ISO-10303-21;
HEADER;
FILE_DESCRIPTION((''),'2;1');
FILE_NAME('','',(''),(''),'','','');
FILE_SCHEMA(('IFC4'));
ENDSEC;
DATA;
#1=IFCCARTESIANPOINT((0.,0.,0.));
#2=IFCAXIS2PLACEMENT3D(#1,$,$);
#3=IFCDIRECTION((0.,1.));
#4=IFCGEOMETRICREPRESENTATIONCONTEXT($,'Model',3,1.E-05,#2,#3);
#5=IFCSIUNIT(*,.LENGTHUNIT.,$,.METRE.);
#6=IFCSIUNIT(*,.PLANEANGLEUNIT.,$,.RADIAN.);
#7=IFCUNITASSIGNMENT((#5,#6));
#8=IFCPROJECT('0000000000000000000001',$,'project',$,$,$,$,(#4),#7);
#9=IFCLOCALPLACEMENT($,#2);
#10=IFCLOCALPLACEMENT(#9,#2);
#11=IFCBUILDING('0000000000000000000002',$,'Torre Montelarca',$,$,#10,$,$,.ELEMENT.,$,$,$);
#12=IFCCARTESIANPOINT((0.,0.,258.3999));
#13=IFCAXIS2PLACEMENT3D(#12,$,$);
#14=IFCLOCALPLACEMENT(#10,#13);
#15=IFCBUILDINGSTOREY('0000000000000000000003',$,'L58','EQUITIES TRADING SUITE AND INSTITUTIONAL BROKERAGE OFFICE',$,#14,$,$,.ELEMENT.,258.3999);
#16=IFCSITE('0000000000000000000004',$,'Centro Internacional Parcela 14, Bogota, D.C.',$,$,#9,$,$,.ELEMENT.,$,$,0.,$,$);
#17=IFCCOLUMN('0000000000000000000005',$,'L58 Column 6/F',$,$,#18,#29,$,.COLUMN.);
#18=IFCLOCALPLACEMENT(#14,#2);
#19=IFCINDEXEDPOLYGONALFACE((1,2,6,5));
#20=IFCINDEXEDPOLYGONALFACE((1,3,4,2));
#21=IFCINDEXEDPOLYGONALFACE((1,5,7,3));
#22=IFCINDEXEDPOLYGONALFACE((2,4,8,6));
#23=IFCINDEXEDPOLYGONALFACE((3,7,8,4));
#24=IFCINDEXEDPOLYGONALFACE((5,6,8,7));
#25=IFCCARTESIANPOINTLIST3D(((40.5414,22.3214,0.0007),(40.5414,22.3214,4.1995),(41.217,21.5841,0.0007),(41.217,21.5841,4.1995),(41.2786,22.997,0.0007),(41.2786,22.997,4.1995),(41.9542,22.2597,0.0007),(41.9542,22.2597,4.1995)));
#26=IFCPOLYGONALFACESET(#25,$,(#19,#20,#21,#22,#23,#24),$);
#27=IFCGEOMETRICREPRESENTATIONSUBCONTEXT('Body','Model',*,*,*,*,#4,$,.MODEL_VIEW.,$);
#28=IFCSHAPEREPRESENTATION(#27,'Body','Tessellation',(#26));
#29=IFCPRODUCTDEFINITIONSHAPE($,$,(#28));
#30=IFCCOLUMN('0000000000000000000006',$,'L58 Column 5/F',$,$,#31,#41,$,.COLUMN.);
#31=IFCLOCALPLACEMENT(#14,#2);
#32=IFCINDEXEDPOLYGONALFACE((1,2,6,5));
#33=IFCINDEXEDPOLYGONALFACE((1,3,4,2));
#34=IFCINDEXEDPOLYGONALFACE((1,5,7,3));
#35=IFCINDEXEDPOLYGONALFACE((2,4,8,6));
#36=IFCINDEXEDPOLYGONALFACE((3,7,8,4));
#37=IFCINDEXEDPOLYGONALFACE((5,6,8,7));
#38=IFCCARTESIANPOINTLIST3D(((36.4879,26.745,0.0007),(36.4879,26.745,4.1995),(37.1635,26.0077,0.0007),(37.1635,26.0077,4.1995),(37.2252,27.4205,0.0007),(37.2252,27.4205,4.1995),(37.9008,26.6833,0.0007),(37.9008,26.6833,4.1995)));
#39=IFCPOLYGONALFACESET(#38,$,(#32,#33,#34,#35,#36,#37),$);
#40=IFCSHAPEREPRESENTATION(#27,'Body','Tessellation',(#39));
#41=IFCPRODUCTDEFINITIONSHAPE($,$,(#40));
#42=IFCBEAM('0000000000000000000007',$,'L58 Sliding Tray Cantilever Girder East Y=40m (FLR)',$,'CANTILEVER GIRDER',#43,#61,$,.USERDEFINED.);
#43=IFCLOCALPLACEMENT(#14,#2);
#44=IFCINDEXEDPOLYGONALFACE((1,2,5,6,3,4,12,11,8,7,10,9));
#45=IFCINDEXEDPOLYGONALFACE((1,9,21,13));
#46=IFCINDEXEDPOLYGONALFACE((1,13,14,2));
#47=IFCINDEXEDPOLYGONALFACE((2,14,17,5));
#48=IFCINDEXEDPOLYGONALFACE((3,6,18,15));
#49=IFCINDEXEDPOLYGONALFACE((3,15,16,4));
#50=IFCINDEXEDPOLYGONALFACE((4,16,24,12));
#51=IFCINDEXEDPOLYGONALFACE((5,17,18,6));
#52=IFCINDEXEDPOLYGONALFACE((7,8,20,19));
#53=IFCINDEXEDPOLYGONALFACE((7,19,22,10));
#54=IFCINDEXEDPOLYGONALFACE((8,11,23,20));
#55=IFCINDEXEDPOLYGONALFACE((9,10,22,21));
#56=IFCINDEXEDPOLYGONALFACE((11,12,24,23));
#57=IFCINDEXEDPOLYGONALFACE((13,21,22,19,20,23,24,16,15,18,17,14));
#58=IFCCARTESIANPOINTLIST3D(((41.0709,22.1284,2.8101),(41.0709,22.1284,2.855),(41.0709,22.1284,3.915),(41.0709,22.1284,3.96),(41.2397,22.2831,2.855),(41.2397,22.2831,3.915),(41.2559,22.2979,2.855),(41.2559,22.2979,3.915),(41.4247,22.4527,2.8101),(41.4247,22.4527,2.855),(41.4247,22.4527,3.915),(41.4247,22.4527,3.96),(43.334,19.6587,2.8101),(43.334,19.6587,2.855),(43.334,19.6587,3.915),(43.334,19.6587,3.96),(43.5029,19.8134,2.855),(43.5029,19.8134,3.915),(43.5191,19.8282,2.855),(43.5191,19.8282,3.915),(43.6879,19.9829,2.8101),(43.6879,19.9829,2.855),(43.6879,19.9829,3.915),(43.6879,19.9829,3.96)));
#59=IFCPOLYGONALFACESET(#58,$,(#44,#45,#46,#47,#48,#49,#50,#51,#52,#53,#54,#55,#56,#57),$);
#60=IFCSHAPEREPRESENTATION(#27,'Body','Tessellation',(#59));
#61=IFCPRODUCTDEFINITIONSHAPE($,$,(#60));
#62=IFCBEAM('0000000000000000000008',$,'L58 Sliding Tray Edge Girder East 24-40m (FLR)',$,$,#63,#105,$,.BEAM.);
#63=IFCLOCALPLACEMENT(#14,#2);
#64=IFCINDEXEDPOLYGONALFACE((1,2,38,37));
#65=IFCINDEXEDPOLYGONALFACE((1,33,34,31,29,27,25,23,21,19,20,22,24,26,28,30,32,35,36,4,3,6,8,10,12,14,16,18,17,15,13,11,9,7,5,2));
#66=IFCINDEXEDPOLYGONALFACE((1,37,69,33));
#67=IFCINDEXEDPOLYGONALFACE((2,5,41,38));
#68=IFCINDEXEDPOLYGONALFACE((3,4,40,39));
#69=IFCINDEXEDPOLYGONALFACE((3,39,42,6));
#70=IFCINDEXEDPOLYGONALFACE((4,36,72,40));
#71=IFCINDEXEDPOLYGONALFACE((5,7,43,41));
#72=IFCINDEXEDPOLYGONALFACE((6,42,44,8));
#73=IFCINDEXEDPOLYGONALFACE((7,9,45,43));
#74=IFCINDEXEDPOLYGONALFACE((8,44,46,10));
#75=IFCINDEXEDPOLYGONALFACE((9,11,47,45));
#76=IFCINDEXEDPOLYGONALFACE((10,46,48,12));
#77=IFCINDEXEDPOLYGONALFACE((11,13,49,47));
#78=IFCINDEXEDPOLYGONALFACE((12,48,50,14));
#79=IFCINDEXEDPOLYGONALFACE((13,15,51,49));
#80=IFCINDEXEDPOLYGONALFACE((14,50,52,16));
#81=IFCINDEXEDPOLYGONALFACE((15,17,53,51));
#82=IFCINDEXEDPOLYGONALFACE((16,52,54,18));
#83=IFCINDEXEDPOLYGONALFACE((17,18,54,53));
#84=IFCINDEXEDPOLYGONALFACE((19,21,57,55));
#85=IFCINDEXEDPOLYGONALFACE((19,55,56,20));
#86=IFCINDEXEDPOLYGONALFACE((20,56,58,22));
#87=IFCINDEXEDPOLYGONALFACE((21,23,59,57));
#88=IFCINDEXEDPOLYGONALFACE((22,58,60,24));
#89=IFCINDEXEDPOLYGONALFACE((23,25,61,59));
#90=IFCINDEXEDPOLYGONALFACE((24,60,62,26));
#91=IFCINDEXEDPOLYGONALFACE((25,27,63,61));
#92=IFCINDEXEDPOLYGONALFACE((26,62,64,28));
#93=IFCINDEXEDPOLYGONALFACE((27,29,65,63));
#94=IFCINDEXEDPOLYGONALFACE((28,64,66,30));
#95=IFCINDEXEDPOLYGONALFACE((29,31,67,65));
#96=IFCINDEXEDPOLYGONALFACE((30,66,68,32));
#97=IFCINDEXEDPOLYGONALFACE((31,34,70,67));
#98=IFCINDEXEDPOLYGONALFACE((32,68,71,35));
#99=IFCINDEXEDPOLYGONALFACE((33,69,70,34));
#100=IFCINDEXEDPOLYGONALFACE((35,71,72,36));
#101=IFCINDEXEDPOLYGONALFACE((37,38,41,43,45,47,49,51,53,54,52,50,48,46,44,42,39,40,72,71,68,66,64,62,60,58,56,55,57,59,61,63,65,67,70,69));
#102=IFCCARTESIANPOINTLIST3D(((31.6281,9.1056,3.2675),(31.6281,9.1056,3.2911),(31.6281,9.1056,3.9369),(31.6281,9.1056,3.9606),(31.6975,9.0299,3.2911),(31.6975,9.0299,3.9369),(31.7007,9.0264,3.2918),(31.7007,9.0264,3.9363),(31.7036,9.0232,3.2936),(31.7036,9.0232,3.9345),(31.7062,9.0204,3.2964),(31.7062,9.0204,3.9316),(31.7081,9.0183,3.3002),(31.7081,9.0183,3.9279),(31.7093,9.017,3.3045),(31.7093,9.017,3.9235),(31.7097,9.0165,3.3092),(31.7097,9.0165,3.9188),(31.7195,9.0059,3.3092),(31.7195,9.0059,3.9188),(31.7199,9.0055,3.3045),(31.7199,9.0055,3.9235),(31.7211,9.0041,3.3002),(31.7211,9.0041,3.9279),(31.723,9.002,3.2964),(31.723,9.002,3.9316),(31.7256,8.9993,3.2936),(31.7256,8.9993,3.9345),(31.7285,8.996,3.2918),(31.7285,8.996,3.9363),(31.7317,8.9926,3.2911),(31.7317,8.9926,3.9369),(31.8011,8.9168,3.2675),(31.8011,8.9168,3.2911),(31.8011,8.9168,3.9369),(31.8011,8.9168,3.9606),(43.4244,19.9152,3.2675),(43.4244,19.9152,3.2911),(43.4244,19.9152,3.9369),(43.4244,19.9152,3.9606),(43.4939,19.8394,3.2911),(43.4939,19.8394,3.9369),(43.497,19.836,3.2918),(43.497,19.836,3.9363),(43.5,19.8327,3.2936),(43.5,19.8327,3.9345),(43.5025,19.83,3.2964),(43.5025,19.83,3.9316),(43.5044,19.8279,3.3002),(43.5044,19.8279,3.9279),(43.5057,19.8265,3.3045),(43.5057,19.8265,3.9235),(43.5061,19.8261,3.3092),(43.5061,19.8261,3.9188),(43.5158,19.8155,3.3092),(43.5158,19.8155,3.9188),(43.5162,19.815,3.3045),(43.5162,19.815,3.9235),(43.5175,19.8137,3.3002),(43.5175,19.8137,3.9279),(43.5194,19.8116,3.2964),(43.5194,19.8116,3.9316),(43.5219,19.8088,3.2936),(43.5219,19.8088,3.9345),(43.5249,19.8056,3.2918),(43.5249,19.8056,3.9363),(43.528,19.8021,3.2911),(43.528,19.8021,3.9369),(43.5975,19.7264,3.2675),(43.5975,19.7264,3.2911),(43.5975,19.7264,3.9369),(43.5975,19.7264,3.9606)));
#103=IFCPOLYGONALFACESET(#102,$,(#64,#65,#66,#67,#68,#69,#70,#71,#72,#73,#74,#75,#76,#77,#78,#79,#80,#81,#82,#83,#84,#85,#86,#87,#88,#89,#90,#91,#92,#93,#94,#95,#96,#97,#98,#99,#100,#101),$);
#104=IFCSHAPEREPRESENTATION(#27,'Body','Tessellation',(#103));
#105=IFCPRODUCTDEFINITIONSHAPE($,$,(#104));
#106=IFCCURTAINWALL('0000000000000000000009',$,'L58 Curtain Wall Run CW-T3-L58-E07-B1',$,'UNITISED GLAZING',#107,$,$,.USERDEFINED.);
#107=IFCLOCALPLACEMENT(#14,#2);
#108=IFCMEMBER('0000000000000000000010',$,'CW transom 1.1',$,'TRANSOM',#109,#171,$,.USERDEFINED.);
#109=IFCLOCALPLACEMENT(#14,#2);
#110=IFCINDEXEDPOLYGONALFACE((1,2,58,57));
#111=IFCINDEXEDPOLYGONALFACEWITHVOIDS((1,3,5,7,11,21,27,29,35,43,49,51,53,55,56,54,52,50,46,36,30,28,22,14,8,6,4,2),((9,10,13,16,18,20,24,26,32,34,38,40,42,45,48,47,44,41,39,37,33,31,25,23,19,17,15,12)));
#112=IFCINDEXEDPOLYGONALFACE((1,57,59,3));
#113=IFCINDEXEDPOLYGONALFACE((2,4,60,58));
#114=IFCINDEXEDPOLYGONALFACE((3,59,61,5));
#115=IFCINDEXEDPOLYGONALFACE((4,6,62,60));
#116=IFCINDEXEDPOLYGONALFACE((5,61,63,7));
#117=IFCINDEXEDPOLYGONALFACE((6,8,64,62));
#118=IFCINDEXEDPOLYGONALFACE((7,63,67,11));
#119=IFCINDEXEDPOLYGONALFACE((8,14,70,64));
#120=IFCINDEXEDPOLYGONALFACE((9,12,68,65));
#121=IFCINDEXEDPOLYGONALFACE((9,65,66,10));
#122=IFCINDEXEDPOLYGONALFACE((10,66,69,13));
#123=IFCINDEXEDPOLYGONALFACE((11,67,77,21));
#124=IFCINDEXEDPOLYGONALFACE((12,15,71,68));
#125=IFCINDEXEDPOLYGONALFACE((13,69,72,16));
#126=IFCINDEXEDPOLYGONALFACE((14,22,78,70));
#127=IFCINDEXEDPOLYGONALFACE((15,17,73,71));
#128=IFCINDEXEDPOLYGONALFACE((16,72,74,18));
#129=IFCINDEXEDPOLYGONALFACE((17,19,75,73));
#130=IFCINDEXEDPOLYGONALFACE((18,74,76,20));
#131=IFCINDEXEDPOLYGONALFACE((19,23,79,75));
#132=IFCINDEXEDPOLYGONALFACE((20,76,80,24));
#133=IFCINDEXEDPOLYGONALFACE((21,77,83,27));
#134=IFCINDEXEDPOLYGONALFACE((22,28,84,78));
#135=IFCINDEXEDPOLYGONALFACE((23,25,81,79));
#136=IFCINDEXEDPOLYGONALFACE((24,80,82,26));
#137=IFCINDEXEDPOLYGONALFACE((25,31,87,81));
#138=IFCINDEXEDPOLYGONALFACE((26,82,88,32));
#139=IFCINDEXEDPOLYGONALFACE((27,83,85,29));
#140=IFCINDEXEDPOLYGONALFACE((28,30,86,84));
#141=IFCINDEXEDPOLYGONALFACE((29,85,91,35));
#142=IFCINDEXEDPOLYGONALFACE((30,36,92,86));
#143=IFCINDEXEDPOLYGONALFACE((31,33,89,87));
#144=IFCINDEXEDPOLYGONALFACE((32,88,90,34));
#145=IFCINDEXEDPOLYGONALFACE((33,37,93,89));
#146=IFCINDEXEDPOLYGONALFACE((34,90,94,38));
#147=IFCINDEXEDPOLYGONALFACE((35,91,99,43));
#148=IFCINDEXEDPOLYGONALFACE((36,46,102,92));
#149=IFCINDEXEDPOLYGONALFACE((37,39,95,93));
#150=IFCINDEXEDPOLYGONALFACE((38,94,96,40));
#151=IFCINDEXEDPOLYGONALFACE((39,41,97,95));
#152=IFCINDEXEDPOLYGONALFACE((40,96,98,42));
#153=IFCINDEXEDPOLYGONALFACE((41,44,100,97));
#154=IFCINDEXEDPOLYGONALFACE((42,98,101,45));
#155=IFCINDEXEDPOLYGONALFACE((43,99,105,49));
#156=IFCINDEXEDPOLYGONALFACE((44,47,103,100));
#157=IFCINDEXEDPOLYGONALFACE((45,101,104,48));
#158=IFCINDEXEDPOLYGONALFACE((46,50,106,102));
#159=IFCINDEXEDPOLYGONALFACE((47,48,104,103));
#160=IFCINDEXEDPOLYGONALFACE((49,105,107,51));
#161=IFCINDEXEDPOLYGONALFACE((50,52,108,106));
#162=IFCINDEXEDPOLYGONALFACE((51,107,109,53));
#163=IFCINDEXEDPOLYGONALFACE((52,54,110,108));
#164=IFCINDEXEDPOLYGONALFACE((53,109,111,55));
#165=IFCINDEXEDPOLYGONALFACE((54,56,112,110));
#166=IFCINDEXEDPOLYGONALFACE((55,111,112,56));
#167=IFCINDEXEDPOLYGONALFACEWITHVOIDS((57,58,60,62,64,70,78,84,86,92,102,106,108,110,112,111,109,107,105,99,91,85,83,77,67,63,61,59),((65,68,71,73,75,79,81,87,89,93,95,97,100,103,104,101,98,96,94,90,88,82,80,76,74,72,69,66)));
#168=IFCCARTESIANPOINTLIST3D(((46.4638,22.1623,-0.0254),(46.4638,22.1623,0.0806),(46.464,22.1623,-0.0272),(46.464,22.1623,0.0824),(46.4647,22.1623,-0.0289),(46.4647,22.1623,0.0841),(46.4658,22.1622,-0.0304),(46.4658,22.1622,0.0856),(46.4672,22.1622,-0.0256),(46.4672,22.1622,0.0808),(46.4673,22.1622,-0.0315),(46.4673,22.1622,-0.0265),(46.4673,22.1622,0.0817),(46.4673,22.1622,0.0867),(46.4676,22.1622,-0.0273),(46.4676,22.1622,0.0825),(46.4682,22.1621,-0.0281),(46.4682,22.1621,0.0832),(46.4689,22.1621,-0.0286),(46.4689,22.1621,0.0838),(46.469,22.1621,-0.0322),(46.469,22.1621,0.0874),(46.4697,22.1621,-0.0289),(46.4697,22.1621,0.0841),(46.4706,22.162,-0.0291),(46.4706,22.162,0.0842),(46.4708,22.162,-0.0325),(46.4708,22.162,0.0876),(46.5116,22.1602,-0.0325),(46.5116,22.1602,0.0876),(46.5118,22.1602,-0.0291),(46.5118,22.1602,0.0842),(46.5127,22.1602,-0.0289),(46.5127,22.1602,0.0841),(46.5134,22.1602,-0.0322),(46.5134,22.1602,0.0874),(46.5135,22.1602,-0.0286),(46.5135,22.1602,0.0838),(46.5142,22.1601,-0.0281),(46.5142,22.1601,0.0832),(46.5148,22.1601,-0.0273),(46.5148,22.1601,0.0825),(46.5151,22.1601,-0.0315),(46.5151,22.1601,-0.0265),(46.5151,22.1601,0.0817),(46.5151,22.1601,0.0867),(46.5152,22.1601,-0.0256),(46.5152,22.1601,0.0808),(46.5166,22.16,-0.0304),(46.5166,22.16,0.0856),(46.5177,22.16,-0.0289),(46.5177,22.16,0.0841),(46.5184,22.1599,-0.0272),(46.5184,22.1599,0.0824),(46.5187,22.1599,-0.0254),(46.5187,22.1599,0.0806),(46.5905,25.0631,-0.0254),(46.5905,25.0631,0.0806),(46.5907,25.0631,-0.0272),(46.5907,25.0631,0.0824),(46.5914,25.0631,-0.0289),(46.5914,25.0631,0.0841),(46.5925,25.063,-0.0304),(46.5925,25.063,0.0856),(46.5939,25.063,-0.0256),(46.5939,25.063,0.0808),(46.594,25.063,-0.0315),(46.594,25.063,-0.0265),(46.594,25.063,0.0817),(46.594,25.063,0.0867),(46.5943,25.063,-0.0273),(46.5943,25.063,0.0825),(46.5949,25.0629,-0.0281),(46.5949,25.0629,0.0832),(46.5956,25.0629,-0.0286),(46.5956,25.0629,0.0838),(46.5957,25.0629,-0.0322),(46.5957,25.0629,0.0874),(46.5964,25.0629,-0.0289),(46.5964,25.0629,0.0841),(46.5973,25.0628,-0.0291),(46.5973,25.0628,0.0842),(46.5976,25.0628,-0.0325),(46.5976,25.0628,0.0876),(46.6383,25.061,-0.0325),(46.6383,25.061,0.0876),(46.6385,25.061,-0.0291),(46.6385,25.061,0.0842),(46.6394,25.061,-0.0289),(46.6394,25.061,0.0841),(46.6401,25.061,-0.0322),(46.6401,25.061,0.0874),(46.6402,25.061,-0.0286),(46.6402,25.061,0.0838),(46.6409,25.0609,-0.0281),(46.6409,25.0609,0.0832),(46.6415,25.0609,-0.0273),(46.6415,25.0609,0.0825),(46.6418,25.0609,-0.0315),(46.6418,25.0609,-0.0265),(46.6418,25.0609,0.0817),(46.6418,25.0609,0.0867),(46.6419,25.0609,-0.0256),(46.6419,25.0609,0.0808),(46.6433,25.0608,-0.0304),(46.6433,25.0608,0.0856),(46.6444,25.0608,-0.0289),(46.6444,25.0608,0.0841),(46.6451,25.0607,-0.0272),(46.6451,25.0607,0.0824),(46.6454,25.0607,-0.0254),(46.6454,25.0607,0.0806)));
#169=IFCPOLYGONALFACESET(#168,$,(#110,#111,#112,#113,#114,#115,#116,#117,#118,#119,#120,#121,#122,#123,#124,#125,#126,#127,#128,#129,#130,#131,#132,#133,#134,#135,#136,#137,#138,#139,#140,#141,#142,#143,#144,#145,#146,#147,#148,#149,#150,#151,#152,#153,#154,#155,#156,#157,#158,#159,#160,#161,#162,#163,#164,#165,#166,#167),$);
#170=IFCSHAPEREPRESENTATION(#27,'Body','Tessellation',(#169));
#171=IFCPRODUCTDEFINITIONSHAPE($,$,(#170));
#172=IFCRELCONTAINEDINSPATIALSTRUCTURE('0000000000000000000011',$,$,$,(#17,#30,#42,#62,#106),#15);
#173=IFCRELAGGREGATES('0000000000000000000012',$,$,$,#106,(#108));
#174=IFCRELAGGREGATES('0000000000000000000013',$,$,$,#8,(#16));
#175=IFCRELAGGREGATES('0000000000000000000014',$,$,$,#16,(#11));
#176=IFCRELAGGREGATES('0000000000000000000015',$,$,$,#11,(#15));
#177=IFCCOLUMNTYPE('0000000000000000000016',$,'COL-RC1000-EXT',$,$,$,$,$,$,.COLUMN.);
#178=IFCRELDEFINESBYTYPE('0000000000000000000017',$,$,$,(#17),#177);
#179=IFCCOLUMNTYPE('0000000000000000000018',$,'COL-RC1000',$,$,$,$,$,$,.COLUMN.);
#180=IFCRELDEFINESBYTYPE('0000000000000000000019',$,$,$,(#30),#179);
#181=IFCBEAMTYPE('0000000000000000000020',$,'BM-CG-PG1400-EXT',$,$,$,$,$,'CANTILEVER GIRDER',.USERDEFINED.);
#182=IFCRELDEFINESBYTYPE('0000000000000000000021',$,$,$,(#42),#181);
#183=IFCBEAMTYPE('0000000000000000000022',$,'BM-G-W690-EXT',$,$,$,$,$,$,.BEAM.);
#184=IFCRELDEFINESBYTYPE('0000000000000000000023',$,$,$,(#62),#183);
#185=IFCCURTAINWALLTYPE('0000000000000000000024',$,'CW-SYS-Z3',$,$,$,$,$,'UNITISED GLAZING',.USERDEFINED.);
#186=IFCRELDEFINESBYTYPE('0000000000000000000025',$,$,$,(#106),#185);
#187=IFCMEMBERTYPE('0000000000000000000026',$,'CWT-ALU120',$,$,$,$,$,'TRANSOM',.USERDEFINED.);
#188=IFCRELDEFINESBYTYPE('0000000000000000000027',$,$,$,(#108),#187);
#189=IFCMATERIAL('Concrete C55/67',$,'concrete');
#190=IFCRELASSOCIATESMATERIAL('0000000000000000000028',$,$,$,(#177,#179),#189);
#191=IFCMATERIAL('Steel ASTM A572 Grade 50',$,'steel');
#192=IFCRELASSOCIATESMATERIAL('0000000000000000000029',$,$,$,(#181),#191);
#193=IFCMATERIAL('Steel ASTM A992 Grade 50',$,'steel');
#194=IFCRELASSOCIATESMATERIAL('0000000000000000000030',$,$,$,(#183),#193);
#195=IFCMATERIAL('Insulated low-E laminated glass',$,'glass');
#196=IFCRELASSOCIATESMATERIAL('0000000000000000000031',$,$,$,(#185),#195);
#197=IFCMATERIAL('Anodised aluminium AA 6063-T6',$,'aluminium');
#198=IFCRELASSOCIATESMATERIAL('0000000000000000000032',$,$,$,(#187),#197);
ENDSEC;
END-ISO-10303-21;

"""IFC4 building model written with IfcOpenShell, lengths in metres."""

from ifc_helpers import new_model, si_unit, direction, frame, origin, origin_2d, place, context, subcontext, project, spatial, rectangle, hollow_rectangle, i_section, extrude, source, transform, mapped, material, material_profile, profile_set, type_object, element, aggregate, save


model = new_model("IFC4")

# Units and contexts
model_context = context("Model", 3, precision=1e-05, world=origin(), true_north=direction((0.0, 1.0)))
body_context = subcontext(model_context, "Body", "Model", "MODEL_VIEW")
ifc_project = project(units=[si_unit("LENGTHUNIT", "METRE"), si_unit("PLANEANGLEUNIT", "RADIAN")], contexts=[model_context])

# Site, building, storey
site_placement = place(None, origin())
site = spatial("IfcSite", under=ifc_project, at=site_placement, Name="Centro Internacional Parcela 14, Bogota, D.C.", CompositionType="ELEMENT", RefElevation=0.0)
building_placement = place(site_placement, origin())
building = spatial("IfcBuilding", under=site, at=building_placement, Name="Torre Montelarca", CompositionType="ELEMENT")
storey_placement = place(building_placement, frame((0.0, 0.0, 258.3999)))
storey = spatial("IfcBuildingStorey", under=building, at=storey_placement, Name="L58", Description="EQUITIES TRADING SUITE AND INSTITUTIONAL BROKERAGE OFFICE", CompositionType="ELEMENT", Elevation=258.3999)

# Columns
ifc_material_1 = material(Name="Concrete C55/67", Category="concrete")
ifc_material_profile_1 = material_profile(ifc_material_1, rectangle(XDim=1.0, YDim=1.0, at=origin_2d()), Name="RC1000X1000", Category="concrete")
ifc_profile_set_1 = profile_set([ifc_material_profile_1], Name="Concrete C55/67")
column_type_1 = type_object("IfcColumnType", Name="COL-RC1000-EXT", PredefinedType="COLUMN", material=ifc_profile_set_1)
shared_shape_1 = source(origin(), body_context, "Body", "SweptSolid", [
    extrude(rectangle(XDim=1.0, YDim=1.0, at=origin_2d()), origin(), (0.0, 0.0, 1.0), 4.1987),
])
column_1_placement = place(storey_placement, frame((41.2478, 22.2905, 0.0007), z_axis=(0.0, 0.0, 1.0), x_axis=(-0.67559, 0.737277, 0.0)))
element("IfcColumn", 1, at=column_1_placement, inside=storey, type_object=column_type_1, Name="L58 Column 6/F", PredefinedType="COLUMN", context=body_context, shape_type="MappedRepresentation", body=[
    mapped(shared_shape_1, transform((0.0, 0.0, 0.0), scale=1.0)),
])
ifc_material_profile_2 = material_profile(ifc_material_1, rectangle(XDim=1.0, YDim=1.0, at=origin_2d()), Name="RC1000X1000", Category="concrete")
ifc_profile_set_2 = profile_set([ifc_material_profile_2], Name="Concrete C55/67")
column_type_2 = type_object("IfcColumnType", Name="COL-RC1000", PredefinedType="COLUMN", material=ifc_profile_set_2)
shared_shape_2 = source(origin(), body_context, "Body", "SweptSolid", [
    extrude(rectangle(XDim=1.0, YDim=1.0, at=origin_2d()), origin(), (0.0, 0.0, 1.0), 4.1987),
])
column_2_placement = place(storey_placement, frame((37.1943, 26.7141, 0.0007), z_axis=(0.0, 0.0, 1.0), x_axis=(-0.67559, 0.737277, 0.0)))
element("IfcColumn", 2, at=column_2_placement, inside=storey, type_object=column_type_2, Name="L58 Column 5/F", PredefinedType="COLUMN", context=body_context, shape_type="MappedRepresentation", body=[
    mapped(shared_shape_2, transform((0.0, 0.0, 0.0), scale=1.0)),
])

# Beams
ifc_material_2 = material(Name="Steel ASTM A572 Grade 50", Category="steel")
ifc_material_profile_3 = material_profile(ifc_material_2, i_section(OverallWidth=0.48, OverallDepth=1.1499, WebThickness=0.022, FlangeThickness=0.0449, at=origin_2d()), Name="PG1150X480X22X45", Category="steel")
ifc_profile_set_3 = profile_set([ifc_material_profile_3], Name="Steel ASTM A572 Grade 50")
beam_type_1 = type_object("IfcBeamType", Name="BM-CG-PG1400-EXT", ElementType="CANTILEVER GIRDER", PredefinedType="USERDEFINED", material=ifc_profile_set_3)
shared_shape_3 = source(origin(), body_context, "Body", "SweptSolid", [
    extrude(i_section(OverallWidth=0.48, OverallDepth=1.1499, WebThickness=0.022, FlangeThickness=0.0449, at=origin_2d()), origin(), (0.0, 0.0, 1.0), 3.3499),
])
beam_1_placement = place(storey_placement, frame((41.2478, 22.2905, 3.385), z_axis=(0.675606, -0.737263, 0.0), x_axis=(0.737263, 0.675606, 0.0)))
element("IfcBeam", 3, at=beam_1_placement, inside=storey, type_object=beam_type_1, Name="L58 Sliding Tray Cantilever Girder East Y=40m (FLR)", ObjectType="CANTILEVER GIRDER", PredefinedType="USERDEFINED", context=body_context, shape_type="MappedRepresentation", body=[
    mapped(shared_shape_3, transform((0.0, 0.0, 0.0), scale=1.0)),
])
ifc_material_3 = material(Name="Steel ASTM A992 Grade 50", Category="steel")
ifc_material_profile_4 = material_profile(ifc_material_3, i_section(OverallWidth=0.2561, OverallDepth=0.6931, WebThickness=0.0144, FlangeThickness=0.0237, FilletRadius=0.0181, at=origin_2d()), Name="W690X170", Category="steel")
ifc_profile_set_4 = profile_set([ifc_material_profile_4], Name="Steel ASTM A992 Grade 50")
beam_type_2 = type_object("IfcBeamType", Name="BM-G-W690-EXT", PredefinedType="BEAM", material=ifc_profile_set_4)
shared_shape_4 = source(origin(), body_context, "Body", "SweptSolid", [
    extrude(i_section(OverallWidth=0.2561, OverallDepth=0.6931, WebThickness=0.0144, FlangeThickness=0.0237, FilletRadius=0.0181, at=origin_2d()), origin(), (0.0, 0.0, 1.0), 16.0),
])
beam_2_placement = place(storey_placement, frame((31.7146, 9.0112, 3.614), z_axis=(0.737272, 0.675596, 0.0), x_axis=(-0.675596, 0.737272, 0.0)))
element("IfcBeam", 4, at=beam_2_placement, inside=storey, type_object=beam_type_2, Name="L58 Sliding Tray Edge Girder East 24-40m (FLR)", PredefinedType="BEAM", context=body_context, shape_type="MappedRepresentation", body=[
    mapped(shared_shape_4, transform((0.0, 0.0, 0.0), scale=1.0)),
])

# Curtain wall, member
ifc_material_4 = material(Name="Insulated low-E laminated glass", Category="glass")
curtain_wall_type = type_object("IfcCurtainWallType", Name="CW-SYS-Z3", ElementType="UNITISED GLAZING", PredefinedType="USERDEFINED", material=ifc_material_4)
curtain_wall_1_placement = place(storey_placement, origin())
curtain_wall_1 = element("IfcCurtainWall", 5, at=curtain_wall_1_placement, inside=storey, type_object=curtain_wall_type, Name="L58 Curtain Wall Run CW-T3-L58-E07-B1", ObjectType="UNITISED GLAZING", PredefinedType="USERDEFINED")
ifc_material_5 = material(Name="Anodised aluminium AA 6063-T6", Category="aluminium")
ifc_material_profile_5 = material_profile(ifc_material_5, hollow_rectangle(XDim=0.0549, YDim=0.1201, WallThickness=0.0034, InnerFilletRadius=0.0034, OuterFilletRadius=0.0071, at=origin_2d()), Name="ALU55X120X3.5", Category="aluminium")
ifc_profile_set_5 = profile_set([ifc_material_profile_5], Name="Anodised aluminium AA 6063-T6")
member_type_1 = type_object("IfcMemberType", Name="CWT-ALU120", ElementType="TRANSOM", PredefinedType="USERDEFINED", material=ifc_profile_set_5)
shared_shape_5 = source(origin(), body_context, "Body", "SweptSolid", [
    extrude(hollow_rectangle(XDim=0.0549, YDim=0.1201, WallThickness=0.0034, InnerFilletRadius=0.0034, OuterFilletRadius=0.0071, at=origin_2d()), origin(), (0.0, 0.0, 1.0), 2.9036),
])
member_1_placement = place(storey_placement, frame((46.4912, 22.1611, 0.0276), z_axis=(0.043638, 0.999047, 0.0), x_axis=(-0.999047, 0.043638, 0.0)))
member_1 = element("IfcMember", 6, at=member_1_placement, type_object=member_type_1, Name="CW transom 1.1", ObjectType="TRANSOM", PredefinedType="USERDEFINED", context=body_context, shape_type="MappedRepresentation", body=[
    mapped(shared_shape_5, transform((0.0, 0.0, 0.0), scale=1.0)),
])

aggregate(curtain_wall_1, [member_1])

save(model, "model.ifc")
